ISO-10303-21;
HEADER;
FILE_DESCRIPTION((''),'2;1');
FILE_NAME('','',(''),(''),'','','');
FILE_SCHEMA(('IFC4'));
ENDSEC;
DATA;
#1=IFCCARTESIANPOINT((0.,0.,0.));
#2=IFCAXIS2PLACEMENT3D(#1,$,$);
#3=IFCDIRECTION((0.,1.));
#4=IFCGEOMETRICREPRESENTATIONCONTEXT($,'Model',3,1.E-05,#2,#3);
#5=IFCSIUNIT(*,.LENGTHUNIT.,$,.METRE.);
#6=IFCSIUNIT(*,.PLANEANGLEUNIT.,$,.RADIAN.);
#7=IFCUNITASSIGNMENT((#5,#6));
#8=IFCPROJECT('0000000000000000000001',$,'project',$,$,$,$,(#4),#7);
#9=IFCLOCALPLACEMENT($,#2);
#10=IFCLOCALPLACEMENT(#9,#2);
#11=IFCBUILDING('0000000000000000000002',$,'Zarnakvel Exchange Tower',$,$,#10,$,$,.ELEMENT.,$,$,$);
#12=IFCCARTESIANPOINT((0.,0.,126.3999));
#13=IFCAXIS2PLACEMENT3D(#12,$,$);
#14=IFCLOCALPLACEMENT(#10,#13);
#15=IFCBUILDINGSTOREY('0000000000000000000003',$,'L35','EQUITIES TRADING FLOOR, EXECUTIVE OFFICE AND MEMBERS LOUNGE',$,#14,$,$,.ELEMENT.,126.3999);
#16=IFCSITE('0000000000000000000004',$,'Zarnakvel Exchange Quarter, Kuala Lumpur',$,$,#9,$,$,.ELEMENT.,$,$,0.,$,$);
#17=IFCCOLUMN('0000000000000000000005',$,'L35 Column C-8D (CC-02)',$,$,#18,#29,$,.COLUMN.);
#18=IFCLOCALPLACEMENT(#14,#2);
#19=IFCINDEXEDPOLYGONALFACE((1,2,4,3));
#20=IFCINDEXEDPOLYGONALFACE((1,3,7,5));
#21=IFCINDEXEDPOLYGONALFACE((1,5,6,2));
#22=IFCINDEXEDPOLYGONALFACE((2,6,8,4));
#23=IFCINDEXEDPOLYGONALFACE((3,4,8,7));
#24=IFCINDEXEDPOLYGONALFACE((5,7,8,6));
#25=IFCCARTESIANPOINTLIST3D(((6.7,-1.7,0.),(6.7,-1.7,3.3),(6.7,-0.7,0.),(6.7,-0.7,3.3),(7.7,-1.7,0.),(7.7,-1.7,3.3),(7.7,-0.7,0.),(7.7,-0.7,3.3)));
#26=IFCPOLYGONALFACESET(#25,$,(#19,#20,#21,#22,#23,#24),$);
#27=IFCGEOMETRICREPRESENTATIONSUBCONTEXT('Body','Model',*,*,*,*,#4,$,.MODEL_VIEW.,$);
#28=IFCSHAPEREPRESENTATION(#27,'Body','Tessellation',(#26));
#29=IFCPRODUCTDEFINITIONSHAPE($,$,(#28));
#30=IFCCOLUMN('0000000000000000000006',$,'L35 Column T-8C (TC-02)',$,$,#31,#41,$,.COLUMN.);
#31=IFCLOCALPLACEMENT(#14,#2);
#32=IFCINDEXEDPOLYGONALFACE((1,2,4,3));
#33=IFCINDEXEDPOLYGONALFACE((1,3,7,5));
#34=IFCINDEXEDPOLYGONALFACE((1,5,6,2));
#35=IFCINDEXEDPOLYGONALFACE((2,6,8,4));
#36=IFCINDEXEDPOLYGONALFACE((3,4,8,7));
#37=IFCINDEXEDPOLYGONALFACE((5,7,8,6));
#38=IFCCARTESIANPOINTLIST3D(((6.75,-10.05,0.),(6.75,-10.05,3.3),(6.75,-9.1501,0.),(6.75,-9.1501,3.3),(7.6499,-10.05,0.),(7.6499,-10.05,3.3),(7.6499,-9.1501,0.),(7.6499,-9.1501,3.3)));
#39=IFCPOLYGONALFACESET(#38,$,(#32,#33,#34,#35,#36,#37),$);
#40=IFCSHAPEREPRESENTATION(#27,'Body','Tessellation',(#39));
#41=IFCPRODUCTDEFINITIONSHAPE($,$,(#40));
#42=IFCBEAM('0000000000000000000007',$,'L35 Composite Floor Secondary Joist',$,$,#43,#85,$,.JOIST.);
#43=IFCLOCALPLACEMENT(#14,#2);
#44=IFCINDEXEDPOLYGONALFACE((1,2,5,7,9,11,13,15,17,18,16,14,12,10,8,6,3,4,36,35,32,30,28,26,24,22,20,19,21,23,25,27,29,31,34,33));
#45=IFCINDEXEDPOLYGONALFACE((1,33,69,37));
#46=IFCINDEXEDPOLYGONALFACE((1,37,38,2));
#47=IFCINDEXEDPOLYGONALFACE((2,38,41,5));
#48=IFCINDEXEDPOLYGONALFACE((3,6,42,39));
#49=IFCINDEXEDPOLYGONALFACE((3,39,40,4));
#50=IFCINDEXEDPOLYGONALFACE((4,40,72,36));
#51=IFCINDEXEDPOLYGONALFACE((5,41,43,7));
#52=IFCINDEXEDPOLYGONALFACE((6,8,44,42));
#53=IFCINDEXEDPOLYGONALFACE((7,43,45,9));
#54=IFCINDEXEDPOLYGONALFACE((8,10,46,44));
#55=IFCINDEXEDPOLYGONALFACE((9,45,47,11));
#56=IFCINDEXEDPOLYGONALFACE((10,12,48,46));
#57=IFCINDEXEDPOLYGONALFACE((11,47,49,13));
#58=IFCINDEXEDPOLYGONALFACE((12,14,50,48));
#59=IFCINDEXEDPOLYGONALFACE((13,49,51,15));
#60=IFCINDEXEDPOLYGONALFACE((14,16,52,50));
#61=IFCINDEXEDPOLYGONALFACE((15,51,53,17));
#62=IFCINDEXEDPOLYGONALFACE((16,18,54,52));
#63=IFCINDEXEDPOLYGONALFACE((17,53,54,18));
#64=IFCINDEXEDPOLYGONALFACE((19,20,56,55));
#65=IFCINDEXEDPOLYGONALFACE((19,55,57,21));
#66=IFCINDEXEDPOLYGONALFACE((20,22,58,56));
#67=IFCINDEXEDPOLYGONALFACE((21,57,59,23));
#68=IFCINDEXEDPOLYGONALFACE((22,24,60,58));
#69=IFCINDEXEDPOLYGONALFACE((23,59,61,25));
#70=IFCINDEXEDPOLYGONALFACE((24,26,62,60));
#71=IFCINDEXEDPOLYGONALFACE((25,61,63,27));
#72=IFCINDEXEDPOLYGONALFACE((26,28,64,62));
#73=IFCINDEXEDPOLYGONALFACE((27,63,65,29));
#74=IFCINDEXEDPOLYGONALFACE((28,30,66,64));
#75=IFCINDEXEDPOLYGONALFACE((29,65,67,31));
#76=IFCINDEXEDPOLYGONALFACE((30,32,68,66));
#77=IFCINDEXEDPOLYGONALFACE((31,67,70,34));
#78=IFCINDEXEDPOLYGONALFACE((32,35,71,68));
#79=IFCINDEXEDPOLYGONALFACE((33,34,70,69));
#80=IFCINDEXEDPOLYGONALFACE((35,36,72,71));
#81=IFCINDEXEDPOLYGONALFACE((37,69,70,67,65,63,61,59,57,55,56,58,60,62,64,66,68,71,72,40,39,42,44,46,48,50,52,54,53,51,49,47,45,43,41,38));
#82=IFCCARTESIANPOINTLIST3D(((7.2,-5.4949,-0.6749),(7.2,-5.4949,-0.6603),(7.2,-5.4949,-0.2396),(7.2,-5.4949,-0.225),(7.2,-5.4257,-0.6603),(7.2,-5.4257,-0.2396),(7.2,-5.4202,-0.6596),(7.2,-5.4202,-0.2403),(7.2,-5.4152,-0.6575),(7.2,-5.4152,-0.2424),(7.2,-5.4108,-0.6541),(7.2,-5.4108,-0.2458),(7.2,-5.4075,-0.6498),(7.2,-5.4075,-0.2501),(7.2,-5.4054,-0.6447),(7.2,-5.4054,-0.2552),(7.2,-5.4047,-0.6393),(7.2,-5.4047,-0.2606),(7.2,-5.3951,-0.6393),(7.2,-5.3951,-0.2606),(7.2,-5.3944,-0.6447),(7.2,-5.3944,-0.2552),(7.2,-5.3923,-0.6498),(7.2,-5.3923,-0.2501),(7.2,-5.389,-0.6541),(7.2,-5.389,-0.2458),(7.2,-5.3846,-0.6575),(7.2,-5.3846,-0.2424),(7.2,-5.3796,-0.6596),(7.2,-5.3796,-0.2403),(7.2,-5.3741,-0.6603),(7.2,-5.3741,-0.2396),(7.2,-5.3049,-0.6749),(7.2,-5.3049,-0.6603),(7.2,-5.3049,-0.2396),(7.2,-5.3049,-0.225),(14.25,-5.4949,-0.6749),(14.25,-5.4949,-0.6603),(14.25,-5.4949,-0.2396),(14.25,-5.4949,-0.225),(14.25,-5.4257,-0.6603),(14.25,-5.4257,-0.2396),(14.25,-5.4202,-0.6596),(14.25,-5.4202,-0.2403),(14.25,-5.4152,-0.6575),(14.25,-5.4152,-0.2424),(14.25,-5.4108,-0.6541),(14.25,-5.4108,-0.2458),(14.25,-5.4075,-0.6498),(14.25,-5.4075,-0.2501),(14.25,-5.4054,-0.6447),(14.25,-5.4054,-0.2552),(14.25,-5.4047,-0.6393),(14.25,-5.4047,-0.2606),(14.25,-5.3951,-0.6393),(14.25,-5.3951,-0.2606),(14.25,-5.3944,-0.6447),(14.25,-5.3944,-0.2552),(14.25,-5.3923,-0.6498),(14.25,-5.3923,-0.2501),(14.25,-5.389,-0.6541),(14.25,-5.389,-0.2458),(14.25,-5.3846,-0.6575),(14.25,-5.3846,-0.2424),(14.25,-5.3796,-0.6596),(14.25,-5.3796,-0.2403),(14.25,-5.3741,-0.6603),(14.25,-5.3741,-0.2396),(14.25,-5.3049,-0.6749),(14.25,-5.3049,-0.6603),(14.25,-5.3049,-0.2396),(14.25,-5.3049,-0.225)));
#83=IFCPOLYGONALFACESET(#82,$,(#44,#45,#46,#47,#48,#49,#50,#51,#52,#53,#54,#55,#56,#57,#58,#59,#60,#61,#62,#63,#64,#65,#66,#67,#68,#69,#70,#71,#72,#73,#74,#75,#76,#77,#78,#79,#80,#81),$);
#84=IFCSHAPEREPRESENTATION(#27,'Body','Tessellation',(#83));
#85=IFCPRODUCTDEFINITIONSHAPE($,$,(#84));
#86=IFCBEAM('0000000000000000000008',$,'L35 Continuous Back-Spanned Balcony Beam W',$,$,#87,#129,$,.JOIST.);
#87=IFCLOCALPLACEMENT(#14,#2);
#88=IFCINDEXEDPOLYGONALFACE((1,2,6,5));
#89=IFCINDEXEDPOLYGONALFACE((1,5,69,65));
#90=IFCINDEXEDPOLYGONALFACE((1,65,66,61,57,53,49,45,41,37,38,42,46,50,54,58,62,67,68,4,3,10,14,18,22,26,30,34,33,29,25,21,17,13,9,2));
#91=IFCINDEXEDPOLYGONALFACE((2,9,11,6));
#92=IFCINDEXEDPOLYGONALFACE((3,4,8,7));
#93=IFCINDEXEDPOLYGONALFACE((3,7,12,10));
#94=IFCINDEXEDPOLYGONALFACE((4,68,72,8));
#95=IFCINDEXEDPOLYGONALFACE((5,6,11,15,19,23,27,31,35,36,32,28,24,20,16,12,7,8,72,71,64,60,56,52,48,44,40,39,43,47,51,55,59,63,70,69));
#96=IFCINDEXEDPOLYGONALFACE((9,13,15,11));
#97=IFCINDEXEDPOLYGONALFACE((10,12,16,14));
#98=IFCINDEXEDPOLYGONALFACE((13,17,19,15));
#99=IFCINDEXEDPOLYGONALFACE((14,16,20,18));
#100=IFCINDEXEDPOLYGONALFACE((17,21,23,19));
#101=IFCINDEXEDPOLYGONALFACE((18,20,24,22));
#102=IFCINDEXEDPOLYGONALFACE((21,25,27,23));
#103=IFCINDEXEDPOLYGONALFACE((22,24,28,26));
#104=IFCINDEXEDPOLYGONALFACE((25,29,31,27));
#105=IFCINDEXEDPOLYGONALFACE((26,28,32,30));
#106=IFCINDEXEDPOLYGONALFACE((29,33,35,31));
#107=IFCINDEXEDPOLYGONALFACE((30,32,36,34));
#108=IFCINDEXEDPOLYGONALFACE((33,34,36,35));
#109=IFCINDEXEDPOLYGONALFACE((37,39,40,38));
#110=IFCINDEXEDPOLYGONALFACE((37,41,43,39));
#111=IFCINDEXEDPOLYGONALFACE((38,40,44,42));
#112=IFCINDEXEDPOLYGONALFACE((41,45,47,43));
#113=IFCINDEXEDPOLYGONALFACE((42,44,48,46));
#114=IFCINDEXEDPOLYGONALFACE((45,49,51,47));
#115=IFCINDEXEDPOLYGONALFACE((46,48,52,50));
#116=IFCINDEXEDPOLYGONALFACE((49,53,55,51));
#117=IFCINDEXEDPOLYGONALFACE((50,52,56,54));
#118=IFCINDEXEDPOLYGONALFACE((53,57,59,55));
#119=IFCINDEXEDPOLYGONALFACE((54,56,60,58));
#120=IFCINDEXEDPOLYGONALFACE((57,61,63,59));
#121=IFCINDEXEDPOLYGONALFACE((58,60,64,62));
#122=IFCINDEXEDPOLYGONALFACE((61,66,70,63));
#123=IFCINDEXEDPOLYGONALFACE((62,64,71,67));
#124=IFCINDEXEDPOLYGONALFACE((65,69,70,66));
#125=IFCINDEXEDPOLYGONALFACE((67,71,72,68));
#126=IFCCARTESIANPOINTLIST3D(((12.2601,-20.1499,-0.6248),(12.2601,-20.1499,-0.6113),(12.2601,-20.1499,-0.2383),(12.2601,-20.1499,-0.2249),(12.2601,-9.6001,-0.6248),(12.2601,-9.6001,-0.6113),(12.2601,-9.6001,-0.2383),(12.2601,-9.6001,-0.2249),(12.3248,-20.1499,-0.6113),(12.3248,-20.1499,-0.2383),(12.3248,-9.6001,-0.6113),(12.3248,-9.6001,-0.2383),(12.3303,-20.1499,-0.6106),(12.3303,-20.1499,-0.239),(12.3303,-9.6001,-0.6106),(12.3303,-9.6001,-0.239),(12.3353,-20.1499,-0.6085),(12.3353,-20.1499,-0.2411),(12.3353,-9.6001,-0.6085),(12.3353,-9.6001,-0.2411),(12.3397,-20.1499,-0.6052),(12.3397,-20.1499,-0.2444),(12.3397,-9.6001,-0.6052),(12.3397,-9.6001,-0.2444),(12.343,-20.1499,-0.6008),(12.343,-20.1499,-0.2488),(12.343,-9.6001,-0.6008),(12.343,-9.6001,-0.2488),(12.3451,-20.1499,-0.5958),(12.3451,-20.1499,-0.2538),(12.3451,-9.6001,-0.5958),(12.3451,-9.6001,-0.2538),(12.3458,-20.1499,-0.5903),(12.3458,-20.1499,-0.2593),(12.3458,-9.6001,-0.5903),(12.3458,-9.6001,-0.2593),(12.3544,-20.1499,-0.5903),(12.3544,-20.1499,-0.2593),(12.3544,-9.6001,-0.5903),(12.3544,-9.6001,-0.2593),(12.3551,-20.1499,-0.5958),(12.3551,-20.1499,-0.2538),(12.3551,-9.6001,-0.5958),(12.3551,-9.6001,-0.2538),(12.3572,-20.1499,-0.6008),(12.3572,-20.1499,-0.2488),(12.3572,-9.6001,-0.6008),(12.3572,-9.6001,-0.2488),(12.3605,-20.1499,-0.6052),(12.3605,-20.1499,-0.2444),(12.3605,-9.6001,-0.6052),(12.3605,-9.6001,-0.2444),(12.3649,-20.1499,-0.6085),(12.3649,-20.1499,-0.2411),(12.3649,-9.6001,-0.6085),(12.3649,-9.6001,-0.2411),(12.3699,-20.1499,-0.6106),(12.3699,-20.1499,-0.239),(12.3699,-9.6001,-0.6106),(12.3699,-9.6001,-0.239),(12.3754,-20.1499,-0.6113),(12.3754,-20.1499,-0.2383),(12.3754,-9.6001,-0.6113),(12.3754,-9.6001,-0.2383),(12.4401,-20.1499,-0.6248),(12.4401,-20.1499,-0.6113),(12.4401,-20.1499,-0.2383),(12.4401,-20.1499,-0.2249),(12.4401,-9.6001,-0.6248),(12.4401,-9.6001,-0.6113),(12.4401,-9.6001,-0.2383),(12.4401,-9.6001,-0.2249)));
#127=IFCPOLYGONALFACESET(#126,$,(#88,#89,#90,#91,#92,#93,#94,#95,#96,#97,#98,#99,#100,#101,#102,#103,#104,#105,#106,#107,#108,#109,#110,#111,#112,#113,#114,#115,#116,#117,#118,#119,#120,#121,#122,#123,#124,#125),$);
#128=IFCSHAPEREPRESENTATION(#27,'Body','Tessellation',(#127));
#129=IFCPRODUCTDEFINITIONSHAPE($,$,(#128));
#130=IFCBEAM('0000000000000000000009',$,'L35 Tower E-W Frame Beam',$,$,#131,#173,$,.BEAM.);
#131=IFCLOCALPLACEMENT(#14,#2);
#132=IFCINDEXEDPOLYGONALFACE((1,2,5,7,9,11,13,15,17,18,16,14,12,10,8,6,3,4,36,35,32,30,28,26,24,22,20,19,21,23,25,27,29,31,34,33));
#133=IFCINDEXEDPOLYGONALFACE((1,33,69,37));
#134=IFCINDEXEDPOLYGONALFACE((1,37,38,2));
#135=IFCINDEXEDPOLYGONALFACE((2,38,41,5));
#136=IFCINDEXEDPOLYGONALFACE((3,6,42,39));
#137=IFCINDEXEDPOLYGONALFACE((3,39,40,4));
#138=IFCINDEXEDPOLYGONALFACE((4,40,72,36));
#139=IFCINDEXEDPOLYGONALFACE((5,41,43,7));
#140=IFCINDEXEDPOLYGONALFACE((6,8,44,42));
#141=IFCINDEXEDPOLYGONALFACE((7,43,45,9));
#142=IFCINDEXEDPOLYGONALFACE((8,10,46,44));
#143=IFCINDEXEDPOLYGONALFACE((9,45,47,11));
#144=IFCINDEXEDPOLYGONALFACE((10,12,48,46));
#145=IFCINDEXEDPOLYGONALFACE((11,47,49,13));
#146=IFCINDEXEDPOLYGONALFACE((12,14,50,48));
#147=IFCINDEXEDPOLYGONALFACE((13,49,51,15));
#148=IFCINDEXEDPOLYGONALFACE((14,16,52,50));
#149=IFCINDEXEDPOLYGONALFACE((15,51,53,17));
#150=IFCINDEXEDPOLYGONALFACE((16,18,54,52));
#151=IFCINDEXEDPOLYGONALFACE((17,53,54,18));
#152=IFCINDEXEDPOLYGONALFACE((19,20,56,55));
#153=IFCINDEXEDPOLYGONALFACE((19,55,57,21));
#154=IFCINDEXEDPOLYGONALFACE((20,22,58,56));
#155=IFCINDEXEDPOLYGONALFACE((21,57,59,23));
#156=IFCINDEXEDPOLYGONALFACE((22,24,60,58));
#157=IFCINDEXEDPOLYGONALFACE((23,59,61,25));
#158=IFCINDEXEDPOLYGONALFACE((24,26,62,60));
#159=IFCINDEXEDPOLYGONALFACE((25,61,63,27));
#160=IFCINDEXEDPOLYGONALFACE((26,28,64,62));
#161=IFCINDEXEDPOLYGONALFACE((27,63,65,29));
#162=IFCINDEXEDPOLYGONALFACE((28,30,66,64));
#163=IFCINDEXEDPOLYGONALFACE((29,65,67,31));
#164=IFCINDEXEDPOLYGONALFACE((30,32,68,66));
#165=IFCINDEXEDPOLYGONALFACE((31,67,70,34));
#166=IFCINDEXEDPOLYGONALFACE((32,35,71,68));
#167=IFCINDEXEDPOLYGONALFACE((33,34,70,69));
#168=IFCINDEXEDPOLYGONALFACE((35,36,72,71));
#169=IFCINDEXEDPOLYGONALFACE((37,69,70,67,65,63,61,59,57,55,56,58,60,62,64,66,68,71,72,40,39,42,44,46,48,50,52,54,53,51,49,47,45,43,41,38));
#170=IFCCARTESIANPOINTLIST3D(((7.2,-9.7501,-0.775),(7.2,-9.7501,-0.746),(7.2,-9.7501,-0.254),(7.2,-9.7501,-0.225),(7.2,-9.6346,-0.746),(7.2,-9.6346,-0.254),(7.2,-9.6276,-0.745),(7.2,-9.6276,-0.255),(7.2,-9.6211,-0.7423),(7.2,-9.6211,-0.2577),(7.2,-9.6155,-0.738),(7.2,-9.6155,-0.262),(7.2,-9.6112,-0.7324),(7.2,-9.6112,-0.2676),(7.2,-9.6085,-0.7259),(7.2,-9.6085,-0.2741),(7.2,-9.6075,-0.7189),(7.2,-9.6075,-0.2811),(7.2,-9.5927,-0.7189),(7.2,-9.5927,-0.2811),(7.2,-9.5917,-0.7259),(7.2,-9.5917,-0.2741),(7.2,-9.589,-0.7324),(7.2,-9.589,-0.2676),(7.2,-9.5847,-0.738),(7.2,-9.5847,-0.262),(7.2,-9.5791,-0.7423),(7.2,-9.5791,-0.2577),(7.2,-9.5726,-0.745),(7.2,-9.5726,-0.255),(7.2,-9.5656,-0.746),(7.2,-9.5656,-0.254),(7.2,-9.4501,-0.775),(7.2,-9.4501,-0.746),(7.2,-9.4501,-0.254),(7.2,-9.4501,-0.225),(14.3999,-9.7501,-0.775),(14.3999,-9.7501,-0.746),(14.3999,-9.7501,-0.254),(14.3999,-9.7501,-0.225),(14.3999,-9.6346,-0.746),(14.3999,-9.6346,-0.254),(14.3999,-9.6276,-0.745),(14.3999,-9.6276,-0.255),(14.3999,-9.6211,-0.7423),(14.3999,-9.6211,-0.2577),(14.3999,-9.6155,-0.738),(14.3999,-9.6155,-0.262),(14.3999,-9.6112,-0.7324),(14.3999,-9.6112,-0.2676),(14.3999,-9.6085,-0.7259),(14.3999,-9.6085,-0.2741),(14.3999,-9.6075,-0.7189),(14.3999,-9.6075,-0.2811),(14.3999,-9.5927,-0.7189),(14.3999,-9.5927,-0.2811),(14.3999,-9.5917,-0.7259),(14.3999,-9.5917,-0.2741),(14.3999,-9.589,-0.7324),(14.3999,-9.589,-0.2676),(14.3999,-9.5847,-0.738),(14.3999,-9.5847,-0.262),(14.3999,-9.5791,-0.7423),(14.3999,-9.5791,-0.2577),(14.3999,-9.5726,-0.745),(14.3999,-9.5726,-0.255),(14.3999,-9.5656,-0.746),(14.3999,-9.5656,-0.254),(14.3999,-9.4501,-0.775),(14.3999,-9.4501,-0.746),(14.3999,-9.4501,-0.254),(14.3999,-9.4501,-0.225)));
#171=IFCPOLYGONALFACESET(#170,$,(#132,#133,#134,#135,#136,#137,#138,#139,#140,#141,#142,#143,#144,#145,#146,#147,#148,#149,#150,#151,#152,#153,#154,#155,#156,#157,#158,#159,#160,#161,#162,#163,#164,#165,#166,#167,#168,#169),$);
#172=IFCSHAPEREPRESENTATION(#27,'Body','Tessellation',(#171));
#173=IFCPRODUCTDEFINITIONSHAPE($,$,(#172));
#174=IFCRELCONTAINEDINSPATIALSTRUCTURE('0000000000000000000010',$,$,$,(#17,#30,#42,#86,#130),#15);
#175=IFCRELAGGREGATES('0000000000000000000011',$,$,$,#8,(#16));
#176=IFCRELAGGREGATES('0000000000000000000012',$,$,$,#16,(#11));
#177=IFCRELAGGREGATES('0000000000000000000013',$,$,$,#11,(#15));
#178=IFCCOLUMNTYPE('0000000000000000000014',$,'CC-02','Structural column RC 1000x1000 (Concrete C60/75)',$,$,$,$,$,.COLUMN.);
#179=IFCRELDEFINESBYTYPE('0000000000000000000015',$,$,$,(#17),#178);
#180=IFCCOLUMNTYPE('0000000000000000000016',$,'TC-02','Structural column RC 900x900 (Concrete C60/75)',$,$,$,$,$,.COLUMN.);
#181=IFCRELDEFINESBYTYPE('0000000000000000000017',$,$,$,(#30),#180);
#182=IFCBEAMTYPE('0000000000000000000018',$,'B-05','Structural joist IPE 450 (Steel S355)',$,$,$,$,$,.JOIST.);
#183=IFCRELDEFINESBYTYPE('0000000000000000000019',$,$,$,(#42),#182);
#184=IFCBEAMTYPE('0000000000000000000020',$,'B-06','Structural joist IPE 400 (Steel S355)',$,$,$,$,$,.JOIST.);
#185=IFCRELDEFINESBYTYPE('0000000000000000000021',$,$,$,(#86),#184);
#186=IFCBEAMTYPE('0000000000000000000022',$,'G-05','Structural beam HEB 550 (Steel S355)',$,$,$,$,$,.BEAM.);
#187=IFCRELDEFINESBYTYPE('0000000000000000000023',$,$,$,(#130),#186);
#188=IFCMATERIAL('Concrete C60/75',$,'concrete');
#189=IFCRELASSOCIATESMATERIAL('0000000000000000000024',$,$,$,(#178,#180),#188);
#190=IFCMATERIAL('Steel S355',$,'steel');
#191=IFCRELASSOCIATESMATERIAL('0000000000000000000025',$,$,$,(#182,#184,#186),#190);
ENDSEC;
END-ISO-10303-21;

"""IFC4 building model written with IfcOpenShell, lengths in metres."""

from ifc_helpers import new_model, si_unit, direction, frame, origin, origin_2d, place, context, subcontext, project, spatial, rectangle, i_section, extrude, material, material_profile, profile_set, type_object, element, save


model = new_model("IFC4")

# Units and contexts
model_context = context("Model", 3, precision=1e-05, world=origin(), true_north=direction((0.0, 1.0)))
body_context = subcontext(model_context, "Body", "Model", "MODEL_VIEW")
ifc_project = project(units=[si_unit("LENGTHUNIT", "METRE"), si_unit("PLANEANGLEUNIT", "RADIAN")], contexts=[model_context])

# Site, building, storey
site_placement = place(None, origin())
site = spatial("IfcSite", under=ifc_project, at=site_placement, Name="Zarnakvel Exchange Quarter, Kuala Lumpur", CompositionType="ELEMENT", RefElevation=0.0)
building_placement = place(site_placement, origin())
building = spatial("IfcBuilding", under=site, at=building_placement, Name="Zarnakvel Exchange Tower", CompositionType="ELEMENT")
storey_placement = place(building_placement, frame((0.0, 0.0, 126.3999)))
storey = spatial("IfcBuildingStorey", under=building, at=storey_placement, Name="L35", Description="EQUITIES TRADING FLOOR, EXECUTIVE OFFICE AND MEMBERS LOUNGE", CompositionType="ELEMENT", Elevation=126.3999)

# Columns
ifc_material_1 = material(Name="Concrete C60/75", Category="concrete")
ifc_material_profile_1 = material_profile(ifc_material_1, rectangle(XDim=1.0, YDim=1.0, at=origin_2d()))
ifc_profile_set_1 = profile_set([ifc_material_profile_1], Name="Concrete C60/75")
column_type_1 = type_object("IfcColumnType", Name="CC-02", Description="Structural column RC 1000x1000 (Concrete C60/75)", PredefinedType="COLUMN", material=ifc_profile_set_1)
column_1_placement = place(storey_placement, frame((7.2, -1.2, 0.0), z_axis=(0.0, 0.0, 1.0), x_axis=(1.0, 0.0, 0.0)))
element("IfcColumn", 1, at=column_1_placement, inside=storey, type_object=column_type_1, Name="L35 Column C-8D (CC-02)", PredefinedType="COLUMN", context=body_context, shape_type="SweptSolid", body=[
    extrude(rectangle(XDim=1.0, YDim=1.0, at=origin_2d()), origin(), (0.0, 0.0, 1.0), 3.3),
])
ifc_material_profile_2 = material_profile(ifc_material_1, rectangle(XDim=0.8999, YDim=0.8999, at=origin_2d()))
ifc_profile_set_2 = profile_set([ifc_material_profile_2], Name="Concrete C60/75")
column_type_2 = type_object("IfcColumnType", Name="TC-02", Description="Structural column RC 900x900 (Concrete C60/75)", PredefinedType="COLUMN", material=ifc_profile_set_2)
column_2_placement = place(storey_placement, frame((7.2, -9.6001, 0.0), z_axis=(0.0, 0.0, 1.0), x_axis=(1.0, 0.0, 0.0)))
element("IfcColumn", 2, at=column_2_placement, inside=storey, type_object=column_type_2, Name="L35 Column T-8C (TC-02)", PredefinedType="COLUMN", context=body_context, shape_type="SweptSolid", body=[
    extrude(rectangle(XDim=0.8999, YDim=0.8999, at=origin_2d()), origin(), (0.0, 0.0, 1.0), 3.3),
])

# Beams
ifc_material_2 = material(Name="Steel S355", Category="steel")
ifc_material_profile_3 = material_profile(ifc_material_2, i_section(OverallWidth=0.1899, OverallDepth=0.45, WebThickness=0.0095, FlangeThickness=0.0146, FilletRadius=0.021, at=origin_2d()))
ifc_profile_set_3 = profile_set([ifc_material_profile_3], Name="Steel S355")
beam_type_1 = type_object("IfcBeamType", Name="B-05", Description="Structural joist IPE 450 (Steel S355)", PredefinedType="JOIST", material=ifc_profile_set_3)
beam_1_placement = place(storey_placement, frame((7.2, -5.3999, -0.45), z_axis=(1.0, 0.0, 0.0), x_axis=(0.0, 1.0, 0.0)))
element("IfcBeam", 3, at=beam_1_placement, inside=storey, type_object=beam_type_1, Name="L35 Composite Floor Secondary Joist", PredefinedType="JOIST", context=body_context, shape_type="SweptSolid", body=[
    extrude(i_section(OverallWidth=0.1899, OverallDepth=0.45, WebThickness=0.0095, FlangeThickness=0.0146, FilletRadius=0.021, at=origin_2d()), origin(), (0.0, 0.0, 1.0), 7.05),
])
ifc_material_profile_4 = material_profile(ifc_material_2, i_section(OverallWidth=0.1799, OverallDepth=0.3999, WebThickness=0.0085, FlangeThickness=0.0134, FilletRadius=0.021, at=origin_2d()))
ifc_profile_set_4 = profile_set([ifc_material_profile_4], Name="Steel S355")
beam_type_2 = type_object("IfcBeamType", Name="B-06", Description="Structural joist IPE 400 (Steel S355)", PredefinedType="JOIST", material=ifc_profile_set_4)
beam_2_placement = place(storey_placement, frame((12.3501, -9.6001, -0.4248), z_axis=(0.0, -1.0, 0.0), x_axis=(1.0, 0.0, 0.0)))
element("IfcBeam", 4, at=beam_2_placement, inside=storey, type_object=beam_type_2, Name="L35 Continuous Back-Spanned Balcony Beam W", PredefinedType="JOIST", context=body_context, shape_type="SweptSolid", body=[
    extrude(i_section(OverallWidth=0.1799, OverallDepth=0.3999, WebThickness=0.0085, FlangeThickness=0.0134, FilletRadius=0.021, at=origin_2d()), origin(), (0.0, 0.0, 1.0), 10.5498),
])
ifc_material_profile_5 = material_profile(ifc_material_2, i_section(OverallWidth=0.3, OverallDepth=0.55, WebThickness=0.0149, FlangeThickness=0.0291, FilletRadius=0.0271, at=origin_2d()))
ifc_profile_set_5 = profile_set([ifc_material_profile_5], Name="Steel S355")
beam_type_3 = type_object("IfcBeamType", Name="G-05", Description="Structural beam HEB 550 (Steel S355)", PredefinedType="BEAM", material=ifc_profile_set_5)
beam_3_placement = place(storey_placement, frame((7.2, -9.6001, -0.5), z_axis=(1.0, 0.0, 0.0), x_axis=(0.0, 1.0, 0.0)))
element("IfcBeam", 5, at=beam_3_placement, inside=storey, type_object=beam_type_3, Name="L35 Tower E-W Frame Beam", PredefinedType="BEAM", context=body_context, shape_type="SweptSolid", body=[
    extrude(i_section(OverallWidth=0.3, OverallDepth=0.55, WebThickness=0.0149, FlangeThickness=0.0291, FilletRadius=0.0271, at=origin_2d()), origin(), (0.0, 0.0, 1.0), 7.2),
])

save(model, "model.ifc")
